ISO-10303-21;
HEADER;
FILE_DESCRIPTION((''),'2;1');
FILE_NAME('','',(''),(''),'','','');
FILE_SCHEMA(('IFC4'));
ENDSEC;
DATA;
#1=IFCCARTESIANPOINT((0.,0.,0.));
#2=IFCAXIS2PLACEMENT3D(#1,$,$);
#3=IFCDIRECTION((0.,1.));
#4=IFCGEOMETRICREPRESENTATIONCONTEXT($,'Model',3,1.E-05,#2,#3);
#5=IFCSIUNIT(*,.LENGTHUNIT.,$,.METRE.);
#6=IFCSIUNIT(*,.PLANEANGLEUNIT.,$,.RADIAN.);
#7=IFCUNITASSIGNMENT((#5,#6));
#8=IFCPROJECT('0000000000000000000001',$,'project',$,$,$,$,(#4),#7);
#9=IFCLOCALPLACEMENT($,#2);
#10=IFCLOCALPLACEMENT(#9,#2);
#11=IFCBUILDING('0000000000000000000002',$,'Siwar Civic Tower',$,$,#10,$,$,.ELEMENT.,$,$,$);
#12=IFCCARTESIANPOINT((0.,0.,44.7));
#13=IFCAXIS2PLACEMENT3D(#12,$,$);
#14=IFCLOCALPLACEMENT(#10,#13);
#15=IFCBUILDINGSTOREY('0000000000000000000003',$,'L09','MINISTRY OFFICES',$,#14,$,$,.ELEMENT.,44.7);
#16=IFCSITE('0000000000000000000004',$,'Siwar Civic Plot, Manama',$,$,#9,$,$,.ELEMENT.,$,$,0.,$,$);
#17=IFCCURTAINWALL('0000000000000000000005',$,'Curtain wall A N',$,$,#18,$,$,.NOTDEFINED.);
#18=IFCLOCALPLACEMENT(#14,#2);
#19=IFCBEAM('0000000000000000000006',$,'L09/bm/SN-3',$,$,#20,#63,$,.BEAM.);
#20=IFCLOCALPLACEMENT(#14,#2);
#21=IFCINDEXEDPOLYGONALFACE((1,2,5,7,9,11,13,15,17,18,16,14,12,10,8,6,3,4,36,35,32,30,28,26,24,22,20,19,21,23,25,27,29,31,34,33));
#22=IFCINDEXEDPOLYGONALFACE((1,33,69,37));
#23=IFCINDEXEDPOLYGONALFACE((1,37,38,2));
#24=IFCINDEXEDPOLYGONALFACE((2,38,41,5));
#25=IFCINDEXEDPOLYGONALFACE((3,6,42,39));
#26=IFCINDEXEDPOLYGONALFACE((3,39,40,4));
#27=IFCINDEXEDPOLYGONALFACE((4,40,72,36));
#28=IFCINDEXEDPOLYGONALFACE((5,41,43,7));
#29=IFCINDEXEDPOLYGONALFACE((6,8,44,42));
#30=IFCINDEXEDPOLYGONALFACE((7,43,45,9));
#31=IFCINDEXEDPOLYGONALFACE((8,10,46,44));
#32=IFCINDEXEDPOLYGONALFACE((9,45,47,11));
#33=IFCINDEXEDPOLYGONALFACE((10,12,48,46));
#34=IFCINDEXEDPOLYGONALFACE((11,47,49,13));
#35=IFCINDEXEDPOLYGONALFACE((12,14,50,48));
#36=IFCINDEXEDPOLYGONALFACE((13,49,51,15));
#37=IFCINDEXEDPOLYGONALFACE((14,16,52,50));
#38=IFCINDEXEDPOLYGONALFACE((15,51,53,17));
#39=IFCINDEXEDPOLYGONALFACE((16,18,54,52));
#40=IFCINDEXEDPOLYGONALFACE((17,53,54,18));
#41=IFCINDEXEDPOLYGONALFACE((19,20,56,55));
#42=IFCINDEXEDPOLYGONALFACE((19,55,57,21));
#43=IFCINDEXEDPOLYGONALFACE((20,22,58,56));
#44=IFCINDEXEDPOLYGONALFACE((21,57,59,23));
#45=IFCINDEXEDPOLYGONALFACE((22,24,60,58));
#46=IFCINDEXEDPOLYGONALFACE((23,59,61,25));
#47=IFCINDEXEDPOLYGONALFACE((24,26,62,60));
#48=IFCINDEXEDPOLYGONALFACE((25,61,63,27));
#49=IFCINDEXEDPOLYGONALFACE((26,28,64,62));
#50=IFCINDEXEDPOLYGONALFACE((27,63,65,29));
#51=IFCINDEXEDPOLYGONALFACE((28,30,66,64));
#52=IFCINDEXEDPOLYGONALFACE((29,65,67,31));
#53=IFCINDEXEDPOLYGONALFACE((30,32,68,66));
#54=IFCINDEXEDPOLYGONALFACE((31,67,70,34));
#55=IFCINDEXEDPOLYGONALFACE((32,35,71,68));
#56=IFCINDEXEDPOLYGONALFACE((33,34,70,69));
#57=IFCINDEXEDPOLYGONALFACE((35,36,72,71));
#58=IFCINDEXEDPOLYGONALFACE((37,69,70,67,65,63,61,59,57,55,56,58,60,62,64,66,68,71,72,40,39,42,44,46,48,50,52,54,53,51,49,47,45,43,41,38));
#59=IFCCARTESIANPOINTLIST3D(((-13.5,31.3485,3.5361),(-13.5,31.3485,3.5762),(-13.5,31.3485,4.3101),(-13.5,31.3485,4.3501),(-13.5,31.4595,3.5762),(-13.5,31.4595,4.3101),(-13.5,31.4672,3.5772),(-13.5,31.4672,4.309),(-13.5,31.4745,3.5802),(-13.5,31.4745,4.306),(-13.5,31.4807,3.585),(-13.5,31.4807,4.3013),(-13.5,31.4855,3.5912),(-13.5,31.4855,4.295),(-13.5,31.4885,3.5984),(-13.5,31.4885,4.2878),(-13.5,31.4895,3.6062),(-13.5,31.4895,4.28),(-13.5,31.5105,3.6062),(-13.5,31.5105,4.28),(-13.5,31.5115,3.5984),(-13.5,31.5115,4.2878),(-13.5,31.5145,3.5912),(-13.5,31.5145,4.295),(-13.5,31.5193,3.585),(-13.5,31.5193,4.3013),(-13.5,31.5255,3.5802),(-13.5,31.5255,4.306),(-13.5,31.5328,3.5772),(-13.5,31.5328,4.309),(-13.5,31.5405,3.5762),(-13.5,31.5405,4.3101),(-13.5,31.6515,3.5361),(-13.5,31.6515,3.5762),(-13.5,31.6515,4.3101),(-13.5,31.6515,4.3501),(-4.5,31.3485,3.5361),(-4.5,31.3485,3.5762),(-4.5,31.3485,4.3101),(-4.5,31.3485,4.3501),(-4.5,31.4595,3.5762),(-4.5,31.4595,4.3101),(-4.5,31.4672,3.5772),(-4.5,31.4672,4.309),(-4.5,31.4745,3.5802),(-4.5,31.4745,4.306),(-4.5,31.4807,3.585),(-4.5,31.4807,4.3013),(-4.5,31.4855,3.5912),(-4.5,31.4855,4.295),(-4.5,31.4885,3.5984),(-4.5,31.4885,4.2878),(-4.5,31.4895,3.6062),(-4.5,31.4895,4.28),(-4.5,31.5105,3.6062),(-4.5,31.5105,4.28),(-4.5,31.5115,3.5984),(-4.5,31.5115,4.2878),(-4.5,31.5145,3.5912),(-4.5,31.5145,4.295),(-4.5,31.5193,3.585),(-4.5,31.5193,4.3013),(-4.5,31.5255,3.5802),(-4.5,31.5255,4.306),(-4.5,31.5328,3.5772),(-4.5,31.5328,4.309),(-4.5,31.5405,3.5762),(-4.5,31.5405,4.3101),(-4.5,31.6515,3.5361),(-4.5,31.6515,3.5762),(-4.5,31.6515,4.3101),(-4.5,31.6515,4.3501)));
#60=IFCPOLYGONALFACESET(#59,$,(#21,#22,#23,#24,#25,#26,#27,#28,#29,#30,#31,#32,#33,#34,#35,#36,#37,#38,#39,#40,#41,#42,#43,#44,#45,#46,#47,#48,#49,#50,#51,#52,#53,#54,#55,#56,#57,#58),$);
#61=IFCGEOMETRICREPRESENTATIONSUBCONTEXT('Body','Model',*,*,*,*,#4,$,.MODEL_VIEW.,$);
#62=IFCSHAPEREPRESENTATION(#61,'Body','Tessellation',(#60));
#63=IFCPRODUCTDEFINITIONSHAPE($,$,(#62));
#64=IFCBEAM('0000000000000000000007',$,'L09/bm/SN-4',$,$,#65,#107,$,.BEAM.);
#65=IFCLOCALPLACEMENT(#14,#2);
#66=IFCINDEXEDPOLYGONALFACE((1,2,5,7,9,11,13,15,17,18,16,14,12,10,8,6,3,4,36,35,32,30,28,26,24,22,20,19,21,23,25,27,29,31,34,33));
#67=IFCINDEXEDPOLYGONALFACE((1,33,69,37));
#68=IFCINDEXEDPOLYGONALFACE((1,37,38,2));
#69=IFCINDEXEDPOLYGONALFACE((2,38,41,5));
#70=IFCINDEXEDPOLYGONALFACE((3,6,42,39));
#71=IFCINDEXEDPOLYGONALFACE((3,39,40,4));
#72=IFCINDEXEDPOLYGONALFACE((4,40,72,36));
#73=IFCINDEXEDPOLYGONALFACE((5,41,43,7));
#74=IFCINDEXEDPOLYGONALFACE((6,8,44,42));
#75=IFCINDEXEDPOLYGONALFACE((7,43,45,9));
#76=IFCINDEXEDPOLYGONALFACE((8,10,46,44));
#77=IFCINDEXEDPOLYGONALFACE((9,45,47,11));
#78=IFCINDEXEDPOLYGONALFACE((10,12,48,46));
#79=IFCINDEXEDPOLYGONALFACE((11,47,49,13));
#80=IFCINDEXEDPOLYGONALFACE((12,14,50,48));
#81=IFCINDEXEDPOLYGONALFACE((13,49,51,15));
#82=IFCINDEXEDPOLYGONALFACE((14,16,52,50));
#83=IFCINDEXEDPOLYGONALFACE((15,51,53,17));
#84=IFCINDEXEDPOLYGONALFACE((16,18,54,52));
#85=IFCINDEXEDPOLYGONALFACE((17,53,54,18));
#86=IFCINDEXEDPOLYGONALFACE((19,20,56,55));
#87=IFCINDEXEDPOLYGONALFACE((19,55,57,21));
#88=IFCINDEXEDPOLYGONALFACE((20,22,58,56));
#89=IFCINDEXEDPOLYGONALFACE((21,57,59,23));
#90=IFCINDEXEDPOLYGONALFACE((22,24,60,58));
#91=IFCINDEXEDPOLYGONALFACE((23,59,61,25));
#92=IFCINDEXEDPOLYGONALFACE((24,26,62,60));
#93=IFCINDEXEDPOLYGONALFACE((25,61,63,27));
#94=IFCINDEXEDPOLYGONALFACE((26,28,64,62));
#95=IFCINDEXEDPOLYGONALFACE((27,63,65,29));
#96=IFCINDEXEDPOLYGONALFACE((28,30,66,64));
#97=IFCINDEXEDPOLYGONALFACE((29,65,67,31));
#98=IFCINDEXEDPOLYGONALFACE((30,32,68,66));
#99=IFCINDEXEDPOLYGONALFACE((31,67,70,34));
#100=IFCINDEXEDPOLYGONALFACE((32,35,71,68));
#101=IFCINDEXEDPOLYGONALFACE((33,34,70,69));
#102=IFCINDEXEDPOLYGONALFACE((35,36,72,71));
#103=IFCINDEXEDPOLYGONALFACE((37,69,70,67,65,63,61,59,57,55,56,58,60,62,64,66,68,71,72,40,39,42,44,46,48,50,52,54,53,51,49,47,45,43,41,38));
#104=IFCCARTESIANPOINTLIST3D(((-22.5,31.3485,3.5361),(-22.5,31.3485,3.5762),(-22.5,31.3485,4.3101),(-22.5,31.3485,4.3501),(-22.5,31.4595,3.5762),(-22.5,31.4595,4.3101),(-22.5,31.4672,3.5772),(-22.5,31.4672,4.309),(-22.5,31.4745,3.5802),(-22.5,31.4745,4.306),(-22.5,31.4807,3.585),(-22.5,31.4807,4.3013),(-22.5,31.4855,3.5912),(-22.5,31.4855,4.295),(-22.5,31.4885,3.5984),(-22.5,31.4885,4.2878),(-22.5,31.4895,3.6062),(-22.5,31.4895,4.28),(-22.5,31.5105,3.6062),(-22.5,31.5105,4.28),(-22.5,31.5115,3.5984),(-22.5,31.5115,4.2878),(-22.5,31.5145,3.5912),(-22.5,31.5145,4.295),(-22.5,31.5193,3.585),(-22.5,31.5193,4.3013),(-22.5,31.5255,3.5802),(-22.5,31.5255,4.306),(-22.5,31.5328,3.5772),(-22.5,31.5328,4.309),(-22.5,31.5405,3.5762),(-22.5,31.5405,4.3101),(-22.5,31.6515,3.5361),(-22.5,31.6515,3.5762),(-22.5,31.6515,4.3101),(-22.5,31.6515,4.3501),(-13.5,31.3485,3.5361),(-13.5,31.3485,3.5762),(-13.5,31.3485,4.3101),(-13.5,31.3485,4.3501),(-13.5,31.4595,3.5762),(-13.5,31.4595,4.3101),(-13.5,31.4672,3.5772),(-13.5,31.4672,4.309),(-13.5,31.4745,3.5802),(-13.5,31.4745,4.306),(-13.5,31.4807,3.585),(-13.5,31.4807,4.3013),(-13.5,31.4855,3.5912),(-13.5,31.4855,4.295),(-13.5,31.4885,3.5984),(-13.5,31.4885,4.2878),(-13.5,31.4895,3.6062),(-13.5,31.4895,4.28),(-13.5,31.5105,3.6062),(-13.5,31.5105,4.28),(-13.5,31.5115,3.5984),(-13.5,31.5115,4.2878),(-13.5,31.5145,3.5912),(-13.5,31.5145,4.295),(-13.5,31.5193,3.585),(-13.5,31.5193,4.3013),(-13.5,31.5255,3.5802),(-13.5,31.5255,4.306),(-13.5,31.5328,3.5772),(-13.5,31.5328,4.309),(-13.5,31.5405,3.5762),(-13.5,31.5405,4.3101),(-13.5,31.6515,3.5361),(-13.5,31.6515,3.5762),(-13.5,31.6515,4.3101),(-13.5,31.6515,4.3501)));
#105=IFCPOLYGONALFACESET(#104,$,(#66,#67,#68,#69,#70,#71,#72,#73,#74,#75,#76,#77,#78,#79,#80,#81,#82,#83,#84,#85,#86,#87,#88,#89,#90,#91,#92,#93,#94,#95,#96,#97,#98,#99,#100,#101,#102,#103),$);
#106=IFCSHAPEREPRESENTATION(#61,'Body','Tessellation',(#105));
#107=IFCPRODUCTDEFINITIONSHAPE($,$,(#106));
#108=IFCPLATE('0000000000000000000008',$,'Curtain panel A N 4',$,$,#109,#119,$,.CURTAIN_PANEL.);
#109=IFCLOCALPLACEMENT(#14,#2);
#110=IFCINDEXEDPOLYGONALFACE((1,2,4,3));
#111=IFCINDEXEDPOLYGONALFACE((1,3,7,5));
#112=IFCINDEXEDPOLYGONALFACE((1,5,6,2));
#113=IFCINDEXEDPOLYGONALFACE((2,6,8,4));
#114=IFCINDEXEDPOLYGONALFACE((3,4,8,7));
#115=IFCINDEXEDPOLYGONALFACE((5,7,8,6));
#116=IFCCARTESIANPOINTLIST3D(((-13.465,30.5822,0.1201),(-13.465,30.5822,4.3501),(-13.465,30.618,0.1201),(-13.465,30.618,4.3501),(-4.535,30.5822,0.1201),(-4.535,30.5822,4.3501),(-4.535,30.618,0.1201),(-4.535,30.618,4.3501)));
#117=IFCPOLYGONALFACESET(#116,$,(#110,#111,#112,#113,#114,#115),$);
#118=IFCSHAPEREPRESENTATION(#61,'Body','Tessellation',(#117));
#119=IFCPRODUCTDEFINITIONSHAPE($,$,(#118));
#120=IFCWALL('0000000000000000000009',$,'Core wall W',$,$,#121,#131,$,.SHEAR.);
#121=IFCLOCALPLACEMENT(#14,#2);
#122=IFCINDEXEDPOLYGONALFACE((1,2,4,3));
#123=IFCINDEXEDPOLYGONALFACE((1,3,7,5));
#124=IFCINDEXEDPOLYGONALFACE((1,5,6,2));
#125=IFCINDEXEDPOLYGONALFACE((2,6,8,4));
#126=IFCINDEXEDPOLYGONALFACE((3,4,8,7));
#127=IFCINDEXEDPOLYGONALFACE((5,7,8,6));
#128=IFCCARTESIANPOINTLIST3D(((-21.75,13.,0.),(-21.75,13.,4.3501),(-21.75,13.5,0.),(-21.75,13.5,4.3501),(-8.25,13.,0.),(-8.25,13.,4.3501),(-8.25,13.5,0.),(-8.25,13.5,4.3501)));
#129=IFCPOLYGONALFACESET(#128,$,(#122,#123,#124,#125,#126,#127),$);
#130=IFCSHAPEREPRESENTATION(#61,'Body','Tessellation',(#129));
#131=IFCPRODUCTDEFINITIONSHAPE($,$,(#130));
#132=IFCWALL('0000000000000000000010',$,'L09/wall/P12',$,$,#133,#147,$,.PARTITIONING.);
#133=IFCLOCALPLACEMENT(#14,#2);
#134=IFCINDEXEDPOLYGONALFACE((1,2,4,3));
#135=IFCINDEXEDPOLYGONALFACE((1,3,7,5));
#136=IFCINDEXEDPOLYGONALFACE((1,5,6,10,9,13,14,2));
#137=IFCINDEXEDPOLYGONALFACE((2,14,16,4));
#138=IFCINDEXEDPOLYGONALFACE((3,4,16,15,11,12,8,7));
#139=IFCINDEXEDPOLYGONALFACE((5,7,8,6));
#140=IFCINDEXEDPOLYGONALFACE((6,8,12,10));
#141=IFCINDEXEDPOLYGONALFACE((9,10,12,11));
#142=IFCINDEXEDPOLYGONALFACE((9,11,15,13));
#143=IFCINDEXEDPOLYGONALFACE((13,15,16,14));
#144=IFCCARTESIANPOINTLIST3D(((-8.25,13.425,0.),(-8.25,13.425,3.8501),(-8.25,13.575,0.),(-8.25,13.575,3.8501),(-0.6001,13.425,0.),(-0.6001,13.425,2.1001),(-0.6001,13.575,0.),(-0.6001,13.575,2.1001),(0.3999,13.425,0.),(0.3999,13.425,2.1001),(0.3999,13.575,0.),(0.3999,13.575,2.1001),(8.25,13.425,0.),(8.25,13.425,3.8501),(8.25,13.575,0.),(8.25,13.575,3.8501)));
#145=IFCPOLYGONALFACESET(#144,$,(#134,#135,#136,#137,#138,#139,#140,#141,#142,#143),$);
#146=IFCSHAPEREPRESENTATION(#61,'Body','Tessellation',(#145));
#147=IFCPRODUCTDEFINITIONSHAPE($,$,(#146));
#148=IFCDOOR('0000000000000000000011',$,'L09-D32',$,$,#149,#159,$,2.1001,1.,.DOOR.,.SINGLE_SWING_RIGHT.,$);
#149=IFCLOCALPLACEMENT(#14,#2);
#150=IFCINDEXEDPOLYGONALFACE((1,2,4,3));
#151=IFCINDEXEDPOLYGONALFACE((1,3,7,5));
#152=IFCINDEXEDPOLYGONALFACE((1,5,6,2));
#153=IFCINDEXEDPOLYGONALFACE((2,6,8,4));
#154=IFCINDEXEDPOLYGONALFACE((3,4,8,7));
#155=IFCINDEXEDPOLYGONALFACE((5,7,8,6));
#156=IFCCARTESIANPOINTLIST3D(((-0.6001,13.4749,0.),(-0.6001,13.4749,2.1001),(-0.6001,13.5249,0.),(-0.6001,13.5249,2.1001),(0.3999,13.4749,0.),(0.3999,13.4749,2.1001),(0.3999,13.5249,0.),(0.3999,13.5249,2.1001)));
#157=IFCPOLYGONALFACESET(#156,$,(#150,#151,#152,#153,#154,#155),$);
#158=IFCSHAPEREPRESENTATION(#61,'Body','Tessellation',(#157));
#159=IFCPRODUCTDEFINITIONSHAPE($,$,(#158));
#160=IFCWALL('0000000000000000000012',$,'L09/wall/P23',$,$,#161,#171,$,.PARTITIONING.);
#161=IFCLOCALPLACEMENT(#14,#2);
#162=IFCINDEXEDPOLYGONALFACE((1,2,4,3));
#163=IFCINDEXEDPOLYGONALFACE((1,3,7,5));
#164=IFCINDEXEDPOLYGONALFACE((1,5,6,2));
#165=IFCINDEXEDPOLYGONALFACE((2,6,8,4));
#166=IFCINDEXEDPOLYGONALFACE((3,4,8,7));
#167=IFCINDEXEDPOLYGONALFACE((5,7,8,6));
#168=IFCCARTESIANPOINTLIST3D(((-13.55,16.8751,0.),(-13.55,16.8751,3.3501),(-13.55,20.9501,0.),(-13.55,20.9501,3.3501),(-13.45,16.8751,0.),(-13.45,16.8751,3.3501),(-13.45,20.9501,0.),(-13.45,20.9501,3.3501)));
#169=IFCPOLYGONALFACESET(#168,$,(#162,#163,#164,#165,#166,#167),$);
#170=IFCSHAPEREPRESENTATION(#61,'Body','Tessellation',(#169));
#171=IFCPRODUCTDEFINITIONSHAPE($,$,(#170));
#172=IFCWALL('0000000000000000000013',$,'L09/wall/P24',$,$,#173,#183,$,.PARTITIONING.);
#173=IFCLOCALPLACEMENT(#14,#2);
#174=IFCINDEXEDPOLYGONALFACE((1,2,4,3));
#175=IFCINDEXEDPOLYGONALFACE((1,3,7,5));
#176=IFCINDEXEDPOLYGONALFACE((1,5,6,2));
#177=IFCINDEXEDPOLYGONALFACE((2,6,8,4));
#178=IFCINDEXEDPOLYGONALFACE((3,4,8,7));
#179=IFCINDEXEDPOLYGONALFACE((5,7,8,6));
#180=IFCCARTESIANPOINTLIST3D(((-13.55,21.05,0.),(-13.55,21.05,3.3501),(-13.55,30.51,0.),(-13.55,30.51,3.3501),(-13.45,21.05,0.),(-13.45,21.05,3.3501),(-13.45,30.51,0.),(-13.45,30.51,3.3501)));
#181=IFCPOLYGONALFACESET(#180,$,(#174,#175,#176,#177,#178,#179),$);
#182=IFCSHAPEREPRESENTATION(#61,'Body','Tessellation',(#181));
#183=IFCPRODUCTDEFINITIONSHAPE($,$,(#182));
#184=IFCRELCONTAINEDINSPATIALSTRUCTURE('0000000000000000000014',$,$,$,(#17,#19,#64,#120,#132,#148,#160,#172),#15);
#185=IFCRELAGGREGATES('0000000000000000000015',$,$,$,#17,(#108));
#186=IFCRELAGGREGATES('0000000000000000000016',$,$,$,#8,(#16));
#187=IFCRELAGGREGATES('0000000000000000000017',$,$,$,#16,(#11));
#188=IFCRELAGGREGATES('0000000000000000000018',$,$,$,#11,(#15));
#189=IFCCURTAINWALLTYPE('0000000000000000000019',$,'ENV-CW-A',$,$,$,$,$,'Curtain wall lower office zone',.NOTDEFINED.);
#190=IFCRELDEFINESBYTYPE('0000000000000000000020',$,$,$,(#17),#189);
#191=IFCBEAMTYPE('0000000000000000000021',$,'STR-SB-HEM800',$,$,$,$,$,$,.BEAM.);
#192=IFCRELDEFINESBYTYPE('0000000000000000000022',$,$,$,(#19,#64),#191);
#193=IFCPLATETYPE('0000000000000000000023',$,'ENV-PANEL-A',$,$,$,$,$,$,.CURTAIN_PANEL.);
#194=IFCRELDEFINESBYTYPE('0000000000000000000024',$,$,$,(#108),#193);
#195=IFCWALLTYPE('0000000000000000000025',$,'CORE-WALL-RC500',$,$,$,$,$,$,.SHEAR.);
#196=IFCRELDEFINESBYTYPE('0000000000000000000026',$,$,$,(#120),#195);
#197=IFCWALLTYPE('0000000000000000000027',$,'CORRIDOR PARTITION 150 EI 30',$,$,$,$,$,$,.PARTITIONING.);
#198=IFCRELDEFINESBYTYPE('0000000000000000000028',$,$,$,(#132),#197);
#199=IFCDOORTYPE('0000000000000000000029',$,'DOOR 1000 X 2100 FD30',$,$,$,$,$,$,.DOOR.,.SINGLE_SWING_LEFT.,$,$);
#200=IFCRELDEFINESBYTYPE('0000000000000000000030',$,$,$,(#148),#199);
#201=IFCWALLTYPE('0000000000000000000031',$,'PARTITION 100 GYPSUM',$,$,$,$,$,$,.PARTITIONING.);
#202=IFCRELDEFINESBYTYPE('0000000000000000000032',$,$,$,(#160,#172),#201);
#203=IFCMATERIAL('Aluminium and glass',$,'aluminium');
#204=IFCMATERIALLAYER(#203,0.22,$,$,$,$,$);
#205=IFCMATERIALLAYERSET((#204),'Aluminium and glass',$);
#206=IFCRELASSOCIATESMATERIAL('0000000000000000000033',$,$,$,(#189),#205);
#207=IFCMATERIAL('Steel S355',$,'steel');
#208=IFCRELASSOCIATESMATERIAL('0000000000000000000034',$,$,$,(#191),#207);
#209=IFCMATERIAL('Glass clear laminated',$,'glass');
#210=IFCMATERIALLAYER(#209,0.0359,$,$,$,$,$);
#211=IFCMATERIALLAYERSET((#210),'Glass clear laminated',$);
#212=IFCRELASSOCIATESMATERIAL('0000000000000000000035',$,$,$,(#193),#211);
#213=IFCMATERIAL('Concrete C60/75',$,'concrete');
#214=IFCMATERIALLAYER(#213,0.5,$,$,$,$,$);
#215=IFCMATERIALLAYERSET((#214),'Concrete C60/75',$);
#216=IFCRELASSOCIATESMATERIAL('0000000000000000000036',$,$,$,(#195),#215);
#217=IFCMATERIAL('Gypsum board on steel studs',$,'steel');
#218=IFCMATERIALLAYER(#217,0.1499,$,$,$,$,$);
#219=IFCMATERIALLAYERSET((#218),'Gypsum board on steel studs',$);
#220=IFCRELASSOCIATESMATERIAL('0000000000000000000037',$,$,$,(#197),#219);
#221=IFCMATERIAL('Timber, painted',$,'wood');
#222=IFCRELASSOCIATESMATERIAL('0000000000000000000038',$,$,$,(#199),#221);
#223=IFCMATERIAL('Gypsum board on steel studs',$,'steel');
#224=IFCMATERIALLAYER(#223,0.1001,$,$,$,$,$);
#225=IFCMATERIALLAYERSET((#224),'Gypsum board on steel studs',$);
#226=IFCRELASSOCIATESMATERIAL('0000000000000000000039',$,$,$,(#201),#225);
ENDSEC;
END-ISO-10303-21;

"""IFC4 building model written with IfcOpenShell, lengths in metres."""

from ifc_helpers import new_model, si_unit, direction, frame, frame_2d, origin, origin_2d, place, context, subcontext, project, spatial, rectangle, i_section, extrude, material, layer, layer_set, material_profile, profile_set, type_object, element, fill, aggregate, save


model = new_model("IFC4")

# Units and contexts
model_context = context("Model", 3, precision=1e-05, world=origin(), true_north=direction((0.0, 1.0)))
body_context = subcontext(model_context, "Body", "Model", "MODEL_VIEW")
ifc_project = project(units=[si_unit("LENGTHUNIT", "METRE"), si_unit("PLANEANGLEUNIT", "RADIAN")], contexts=[model_context])

# Site, building, storey
site_placement = place(None, origin())
site = spatial("IfcSite", under=ifc_project, at=site_placement, Name="Siwar Civic Plot, Manama", CompositionType="ELEMENT", RefElevation=0.0)
building_placement = place(site_placement, origin())
building = spatial("IfcBuilding", under=site, at=building_placement, Name="Siwar Civic Tower", CompositionType="ELEMENT")
storey_placement = place(building_placement, frame((0.0, 0.0, 44.7)))
storey = spatial("IfcBuildingStorey", under=building, at=storey_placement, Name="L09", Description="MINISTRY OFFICES", CompositionType="ELEMENT", Elevation=44.7)

# Curtain wall
ifc_material_1 = material(Name="Aluminium and glass", Category="aluminium")
ifc_layer_1 = layer(ifc_material_1, 0.22)
ifc_layer_set_1 = layer_set([ifc_layer_1], Name="Aluminium and glass")
curtain_wall_type = type_object("IfcCurtainWallType", Name="ENV-CW-A", ElementType="Curtain wall lower office zone", PredefinedType="NOTDEFINED", material=ifc_layer_set_1)
curtain_wall_placement = place(storey_placement, origin())
curtain_wall = element("IfcCurtainWall", 1, at=curtain_wall_placement, inside=storey, type_object=curtain_wall_type, Name="Curtain wall A N", PredefinedType="NOTDEFINED")

# Beams
ifc_material_2 = material(Name="Steel S355", Category="steel")
ifc_material_profile_1 = material_profile(ifc_material_2, i_section(OverallWidth=0.303, OverallDepth=0.814, WebThickness=0.021, FlangeThickness=0.04, FilletRadius=0.03, at=origin_2d()), Name="HEM800")
ifc_profile_set_1 = profile_set([ifc_material_profile_1], Name="Steel S355")
beam_type_1 = type_object("IfcBeamType", Name="STR-SB-HEM800", PredefinedType="BEAM", material=ifc_profile_set_1)
for number, where, z_axis, x_axis, name in (
    (2, (-4.5, 31.5, 3.9431), (-1.0, 0.0, 0.0), (0.0, -1.0, 0.0), "L09/bm/SN-3"),
    (3, (-13.5, 31.5, 3.9431), (-1.0, 0.0, 0.0), (0.0, -1.0, 0.0), "L09/bm/SN-4"),
):
    element("IfcBeam", number, at=place(storey_placement, frame(where, z_axis=z_axis, x_axis=x_axis)), inside=storey, type_object=beam_type_1, Name=name, PredefinedType="BEAM", context=body_context, shape_type="SweptSolid", body=[
        extrude(i_section(OverallWidth=0.303, OverallDepth=0.814, WebThickness=0.021, FlangeThickness=0.04, FilletRadius=0.03, at=origin_2d()), origin(), (0.0, 0.0, 1.0), 9.0),
    ])

# Plate
ifc_material_3 = material(Name="Glass clear laminated", Category="glass")
ifc_layer_2 = layer(ifc_material_3, 0.0359)
ifc_layer_set_2 = layer_set([ifc_layer_2], Name="Glass clear laminated")
plate_type = type_object("IfcPlateType", Name="ENV-PANEL-A", PredefinedType="CURTAIN_PANEL", material=ifc_layer_set_2)
plate_placement = place(storey_placement, frame((-9.0, 30.6001, 0.1201), z_axis=(0.0, 0.0, 1.0), x_axis=(-1.0, 0.0, 0.0)))
plate = element("IfcPlate", 4, at=plate_placement, type_object=plate_type, Name="Curtain panel A N 4", PredefinedType="CURTAIN_PANEL", context=body_context, shape_type="SweptSolid", body=[
    extrude(rectangle(XDim=8.9299, YDim=0.0359, at=origin_2d()), origin(), (0.0, 0.0, 1.0), 4.23),
])
aggregate(curtain_wall, [plate])

# Wall
ifc_material_4 = material(Name="Concrete C60/75", Category="concrete")
ifc_layer_3 = layer(ifc_material_4, 0.5)
ifc_layer_set_3 = layer_set([ifc_layer_3], Name="Concrete C60/75")
wall_type_1 = type_object("IfcWallType", Name="CORE-WALL-RC500", PredefinedType="SHEAR", material=ifc_layer_set_3)
wall_1_placement = place(storey_placement, frame((-8.25, 13.25, 0.0), z_axis=(0.0, 0.0, 1.0), x_axis=(-1.0, 0.0, 0.0)))
element("IfcWall", 5, at=wall_1_placement, inside=storey, type_object=wall_type_1, Name="Core wall W", PredefinedType="SHEAR", context=body_context, shape_type="SweptSolid", body=[
    extrude(rectangle(XDim=13.5, YDim=0.5, at=frame_2d((6.75, 0.0))), origin(), (0.0, 0.0, 1.0), 4.3501),
])

# Wall, opening, door
ifc_material_5 = material(Name="Gypsum board on steel studs", Category="steel")
ifc_layer_4 = layer(ifc_material_5, 0.1499)
ifc_layer_set_4 = layer_set([ifc_layer_4], Name="Gypsum board on steel studs")
wall_type_2 = type_object("IfcWallType", Name="CORRIDOR PARTITION 150 EI 30", PredefinedType="PARTITIONING", material=ifc_layer_set_4)
wall_2_placement = place(storey_placement, frame((-8.25, 13.5, 0.0), z_axis=(0.0, 0.0, 1.0), x_axis=(1.0, 0.0, 0.0)))
wall_2 = element("IfcWall", 6, at=wall_2_placement, inside=storey, type_object=wall_type_2, Name="L09/wall/P12", PredefinedType="PARTITIONING", context=body_context, shape_type="SweptSolid", body=[
    extrude(rectangle(XDim=16.5, YDim=0.1499, at=frame_2d((8.25, 0.0))), origin(), (0.0, 0.0, 1.0), 3.8501),
])
opening_placement = place(wall_2_placement, frame((7.6499, 0.0, 0.0)))
opening = element("IfcOpeningElement", 7, at=opening_placement, cuts=wall_2, PredefinedType="OPENING", context=body_context, shape_type="SweptSolid", body=[
    extrude(rectangle(XDim=1.0, YDim=2.1001, at=frame_2d((0.5, 1.05))), frame((0.0, 0.085, 0.0), z_axis=(0.0, -1.0, 0.0), x_axis=(1.0, 0.0, 0.0)), (0.0, 0.0, 1.0), 0.1699),
])
ifc_material_6 = material(Name="Timber, painted", Category="wood")
door_type = type_object("IfcDoorType", Name="DOOR 1000 X 2100 FD30", OperationType="SINGLE_SWING_LEFT", PredefinedType="DOOR", material=ifc_material_6)
door_placement = place(opening_placement, origin())
door = element("IfcDoor", 8, at=door_placement, inside=storey, type_object=door_type, Name="L09-D32", OperationType="SINGLE_SWING_RIGHT", OverallHeight=2.1001, OverallWidth=1.0, PredefinedType="DOOR", context=body_context, shape_type="SweptSolid", body=[
    extrude(rectangle(XDim=1.0, YDim=2.1001, at=frame_2d((0.5, 1.05))), frame((0.0, 0.0249, 0.0), z_axis=(0.0, -1.0, 0.0), x_axis=(1.0, 0.0, 0.0)), (0.0, 0.0, 1.0), 0.05),
])
fill(opening, door)

# Walls
ifc_material_7 = material(Name="Gypsum board on steel studs", Category="steel")
ifc_layer_5 = layer(ifc_material_7, 0.1001)
ifc_layer_set_5 = layer_set([ifc_layer_5], Name="Gypsum board on steel studs")
wall_type_3 = type_object("IfcWallType", Name="PARTITION 100 GYPSUM", PredefinedType="PARTITIONING", material=ifc_layer_set_5)
wall_3_placement = place(storey_placement, frame((-13.5, 16.875, 0.0), z_axis=(0.0, 0.0, 1.0), x_axis=(0.0, 1.0, 0.0)))
element("IfcWall", 9, at=wall_3_placement, inside=storey, type_object=wall_type_3, Name="L09/wall/P23", PredefinedType="PARTITIONING", context=body_context, shape_type="SweptSolid", body=[
    extrude(rectangle(XDim=4.075, YDim=0.1001, at=frame_2d((2.0376, 0.0))), origin(), (0.0, 0.0, 1.0), 3.3501),
])
wall_4_placement = place(storey_placement, frame((-13.5, 21.05, 0.0), z_axis=(0.0, 0.0, 1.0), x_axis=(0.0, 1.0, 0.0)))
element("IfcWall", 10, at=wall_4_placement, inside=storey, type_object=wall_type_3, Name="L09/wall/P24", PredefinedType="PARTITIONING", context=body_context, shape_type="SweptSolid", body=[
    extrude(rectangle(XDim=9.46, YDim=0.1001, at=frame_2d((4.73, 0.0))), origin(), (0.0, 0.0, 1.0), 3.3501),
])

save(model, "model.ifc")
